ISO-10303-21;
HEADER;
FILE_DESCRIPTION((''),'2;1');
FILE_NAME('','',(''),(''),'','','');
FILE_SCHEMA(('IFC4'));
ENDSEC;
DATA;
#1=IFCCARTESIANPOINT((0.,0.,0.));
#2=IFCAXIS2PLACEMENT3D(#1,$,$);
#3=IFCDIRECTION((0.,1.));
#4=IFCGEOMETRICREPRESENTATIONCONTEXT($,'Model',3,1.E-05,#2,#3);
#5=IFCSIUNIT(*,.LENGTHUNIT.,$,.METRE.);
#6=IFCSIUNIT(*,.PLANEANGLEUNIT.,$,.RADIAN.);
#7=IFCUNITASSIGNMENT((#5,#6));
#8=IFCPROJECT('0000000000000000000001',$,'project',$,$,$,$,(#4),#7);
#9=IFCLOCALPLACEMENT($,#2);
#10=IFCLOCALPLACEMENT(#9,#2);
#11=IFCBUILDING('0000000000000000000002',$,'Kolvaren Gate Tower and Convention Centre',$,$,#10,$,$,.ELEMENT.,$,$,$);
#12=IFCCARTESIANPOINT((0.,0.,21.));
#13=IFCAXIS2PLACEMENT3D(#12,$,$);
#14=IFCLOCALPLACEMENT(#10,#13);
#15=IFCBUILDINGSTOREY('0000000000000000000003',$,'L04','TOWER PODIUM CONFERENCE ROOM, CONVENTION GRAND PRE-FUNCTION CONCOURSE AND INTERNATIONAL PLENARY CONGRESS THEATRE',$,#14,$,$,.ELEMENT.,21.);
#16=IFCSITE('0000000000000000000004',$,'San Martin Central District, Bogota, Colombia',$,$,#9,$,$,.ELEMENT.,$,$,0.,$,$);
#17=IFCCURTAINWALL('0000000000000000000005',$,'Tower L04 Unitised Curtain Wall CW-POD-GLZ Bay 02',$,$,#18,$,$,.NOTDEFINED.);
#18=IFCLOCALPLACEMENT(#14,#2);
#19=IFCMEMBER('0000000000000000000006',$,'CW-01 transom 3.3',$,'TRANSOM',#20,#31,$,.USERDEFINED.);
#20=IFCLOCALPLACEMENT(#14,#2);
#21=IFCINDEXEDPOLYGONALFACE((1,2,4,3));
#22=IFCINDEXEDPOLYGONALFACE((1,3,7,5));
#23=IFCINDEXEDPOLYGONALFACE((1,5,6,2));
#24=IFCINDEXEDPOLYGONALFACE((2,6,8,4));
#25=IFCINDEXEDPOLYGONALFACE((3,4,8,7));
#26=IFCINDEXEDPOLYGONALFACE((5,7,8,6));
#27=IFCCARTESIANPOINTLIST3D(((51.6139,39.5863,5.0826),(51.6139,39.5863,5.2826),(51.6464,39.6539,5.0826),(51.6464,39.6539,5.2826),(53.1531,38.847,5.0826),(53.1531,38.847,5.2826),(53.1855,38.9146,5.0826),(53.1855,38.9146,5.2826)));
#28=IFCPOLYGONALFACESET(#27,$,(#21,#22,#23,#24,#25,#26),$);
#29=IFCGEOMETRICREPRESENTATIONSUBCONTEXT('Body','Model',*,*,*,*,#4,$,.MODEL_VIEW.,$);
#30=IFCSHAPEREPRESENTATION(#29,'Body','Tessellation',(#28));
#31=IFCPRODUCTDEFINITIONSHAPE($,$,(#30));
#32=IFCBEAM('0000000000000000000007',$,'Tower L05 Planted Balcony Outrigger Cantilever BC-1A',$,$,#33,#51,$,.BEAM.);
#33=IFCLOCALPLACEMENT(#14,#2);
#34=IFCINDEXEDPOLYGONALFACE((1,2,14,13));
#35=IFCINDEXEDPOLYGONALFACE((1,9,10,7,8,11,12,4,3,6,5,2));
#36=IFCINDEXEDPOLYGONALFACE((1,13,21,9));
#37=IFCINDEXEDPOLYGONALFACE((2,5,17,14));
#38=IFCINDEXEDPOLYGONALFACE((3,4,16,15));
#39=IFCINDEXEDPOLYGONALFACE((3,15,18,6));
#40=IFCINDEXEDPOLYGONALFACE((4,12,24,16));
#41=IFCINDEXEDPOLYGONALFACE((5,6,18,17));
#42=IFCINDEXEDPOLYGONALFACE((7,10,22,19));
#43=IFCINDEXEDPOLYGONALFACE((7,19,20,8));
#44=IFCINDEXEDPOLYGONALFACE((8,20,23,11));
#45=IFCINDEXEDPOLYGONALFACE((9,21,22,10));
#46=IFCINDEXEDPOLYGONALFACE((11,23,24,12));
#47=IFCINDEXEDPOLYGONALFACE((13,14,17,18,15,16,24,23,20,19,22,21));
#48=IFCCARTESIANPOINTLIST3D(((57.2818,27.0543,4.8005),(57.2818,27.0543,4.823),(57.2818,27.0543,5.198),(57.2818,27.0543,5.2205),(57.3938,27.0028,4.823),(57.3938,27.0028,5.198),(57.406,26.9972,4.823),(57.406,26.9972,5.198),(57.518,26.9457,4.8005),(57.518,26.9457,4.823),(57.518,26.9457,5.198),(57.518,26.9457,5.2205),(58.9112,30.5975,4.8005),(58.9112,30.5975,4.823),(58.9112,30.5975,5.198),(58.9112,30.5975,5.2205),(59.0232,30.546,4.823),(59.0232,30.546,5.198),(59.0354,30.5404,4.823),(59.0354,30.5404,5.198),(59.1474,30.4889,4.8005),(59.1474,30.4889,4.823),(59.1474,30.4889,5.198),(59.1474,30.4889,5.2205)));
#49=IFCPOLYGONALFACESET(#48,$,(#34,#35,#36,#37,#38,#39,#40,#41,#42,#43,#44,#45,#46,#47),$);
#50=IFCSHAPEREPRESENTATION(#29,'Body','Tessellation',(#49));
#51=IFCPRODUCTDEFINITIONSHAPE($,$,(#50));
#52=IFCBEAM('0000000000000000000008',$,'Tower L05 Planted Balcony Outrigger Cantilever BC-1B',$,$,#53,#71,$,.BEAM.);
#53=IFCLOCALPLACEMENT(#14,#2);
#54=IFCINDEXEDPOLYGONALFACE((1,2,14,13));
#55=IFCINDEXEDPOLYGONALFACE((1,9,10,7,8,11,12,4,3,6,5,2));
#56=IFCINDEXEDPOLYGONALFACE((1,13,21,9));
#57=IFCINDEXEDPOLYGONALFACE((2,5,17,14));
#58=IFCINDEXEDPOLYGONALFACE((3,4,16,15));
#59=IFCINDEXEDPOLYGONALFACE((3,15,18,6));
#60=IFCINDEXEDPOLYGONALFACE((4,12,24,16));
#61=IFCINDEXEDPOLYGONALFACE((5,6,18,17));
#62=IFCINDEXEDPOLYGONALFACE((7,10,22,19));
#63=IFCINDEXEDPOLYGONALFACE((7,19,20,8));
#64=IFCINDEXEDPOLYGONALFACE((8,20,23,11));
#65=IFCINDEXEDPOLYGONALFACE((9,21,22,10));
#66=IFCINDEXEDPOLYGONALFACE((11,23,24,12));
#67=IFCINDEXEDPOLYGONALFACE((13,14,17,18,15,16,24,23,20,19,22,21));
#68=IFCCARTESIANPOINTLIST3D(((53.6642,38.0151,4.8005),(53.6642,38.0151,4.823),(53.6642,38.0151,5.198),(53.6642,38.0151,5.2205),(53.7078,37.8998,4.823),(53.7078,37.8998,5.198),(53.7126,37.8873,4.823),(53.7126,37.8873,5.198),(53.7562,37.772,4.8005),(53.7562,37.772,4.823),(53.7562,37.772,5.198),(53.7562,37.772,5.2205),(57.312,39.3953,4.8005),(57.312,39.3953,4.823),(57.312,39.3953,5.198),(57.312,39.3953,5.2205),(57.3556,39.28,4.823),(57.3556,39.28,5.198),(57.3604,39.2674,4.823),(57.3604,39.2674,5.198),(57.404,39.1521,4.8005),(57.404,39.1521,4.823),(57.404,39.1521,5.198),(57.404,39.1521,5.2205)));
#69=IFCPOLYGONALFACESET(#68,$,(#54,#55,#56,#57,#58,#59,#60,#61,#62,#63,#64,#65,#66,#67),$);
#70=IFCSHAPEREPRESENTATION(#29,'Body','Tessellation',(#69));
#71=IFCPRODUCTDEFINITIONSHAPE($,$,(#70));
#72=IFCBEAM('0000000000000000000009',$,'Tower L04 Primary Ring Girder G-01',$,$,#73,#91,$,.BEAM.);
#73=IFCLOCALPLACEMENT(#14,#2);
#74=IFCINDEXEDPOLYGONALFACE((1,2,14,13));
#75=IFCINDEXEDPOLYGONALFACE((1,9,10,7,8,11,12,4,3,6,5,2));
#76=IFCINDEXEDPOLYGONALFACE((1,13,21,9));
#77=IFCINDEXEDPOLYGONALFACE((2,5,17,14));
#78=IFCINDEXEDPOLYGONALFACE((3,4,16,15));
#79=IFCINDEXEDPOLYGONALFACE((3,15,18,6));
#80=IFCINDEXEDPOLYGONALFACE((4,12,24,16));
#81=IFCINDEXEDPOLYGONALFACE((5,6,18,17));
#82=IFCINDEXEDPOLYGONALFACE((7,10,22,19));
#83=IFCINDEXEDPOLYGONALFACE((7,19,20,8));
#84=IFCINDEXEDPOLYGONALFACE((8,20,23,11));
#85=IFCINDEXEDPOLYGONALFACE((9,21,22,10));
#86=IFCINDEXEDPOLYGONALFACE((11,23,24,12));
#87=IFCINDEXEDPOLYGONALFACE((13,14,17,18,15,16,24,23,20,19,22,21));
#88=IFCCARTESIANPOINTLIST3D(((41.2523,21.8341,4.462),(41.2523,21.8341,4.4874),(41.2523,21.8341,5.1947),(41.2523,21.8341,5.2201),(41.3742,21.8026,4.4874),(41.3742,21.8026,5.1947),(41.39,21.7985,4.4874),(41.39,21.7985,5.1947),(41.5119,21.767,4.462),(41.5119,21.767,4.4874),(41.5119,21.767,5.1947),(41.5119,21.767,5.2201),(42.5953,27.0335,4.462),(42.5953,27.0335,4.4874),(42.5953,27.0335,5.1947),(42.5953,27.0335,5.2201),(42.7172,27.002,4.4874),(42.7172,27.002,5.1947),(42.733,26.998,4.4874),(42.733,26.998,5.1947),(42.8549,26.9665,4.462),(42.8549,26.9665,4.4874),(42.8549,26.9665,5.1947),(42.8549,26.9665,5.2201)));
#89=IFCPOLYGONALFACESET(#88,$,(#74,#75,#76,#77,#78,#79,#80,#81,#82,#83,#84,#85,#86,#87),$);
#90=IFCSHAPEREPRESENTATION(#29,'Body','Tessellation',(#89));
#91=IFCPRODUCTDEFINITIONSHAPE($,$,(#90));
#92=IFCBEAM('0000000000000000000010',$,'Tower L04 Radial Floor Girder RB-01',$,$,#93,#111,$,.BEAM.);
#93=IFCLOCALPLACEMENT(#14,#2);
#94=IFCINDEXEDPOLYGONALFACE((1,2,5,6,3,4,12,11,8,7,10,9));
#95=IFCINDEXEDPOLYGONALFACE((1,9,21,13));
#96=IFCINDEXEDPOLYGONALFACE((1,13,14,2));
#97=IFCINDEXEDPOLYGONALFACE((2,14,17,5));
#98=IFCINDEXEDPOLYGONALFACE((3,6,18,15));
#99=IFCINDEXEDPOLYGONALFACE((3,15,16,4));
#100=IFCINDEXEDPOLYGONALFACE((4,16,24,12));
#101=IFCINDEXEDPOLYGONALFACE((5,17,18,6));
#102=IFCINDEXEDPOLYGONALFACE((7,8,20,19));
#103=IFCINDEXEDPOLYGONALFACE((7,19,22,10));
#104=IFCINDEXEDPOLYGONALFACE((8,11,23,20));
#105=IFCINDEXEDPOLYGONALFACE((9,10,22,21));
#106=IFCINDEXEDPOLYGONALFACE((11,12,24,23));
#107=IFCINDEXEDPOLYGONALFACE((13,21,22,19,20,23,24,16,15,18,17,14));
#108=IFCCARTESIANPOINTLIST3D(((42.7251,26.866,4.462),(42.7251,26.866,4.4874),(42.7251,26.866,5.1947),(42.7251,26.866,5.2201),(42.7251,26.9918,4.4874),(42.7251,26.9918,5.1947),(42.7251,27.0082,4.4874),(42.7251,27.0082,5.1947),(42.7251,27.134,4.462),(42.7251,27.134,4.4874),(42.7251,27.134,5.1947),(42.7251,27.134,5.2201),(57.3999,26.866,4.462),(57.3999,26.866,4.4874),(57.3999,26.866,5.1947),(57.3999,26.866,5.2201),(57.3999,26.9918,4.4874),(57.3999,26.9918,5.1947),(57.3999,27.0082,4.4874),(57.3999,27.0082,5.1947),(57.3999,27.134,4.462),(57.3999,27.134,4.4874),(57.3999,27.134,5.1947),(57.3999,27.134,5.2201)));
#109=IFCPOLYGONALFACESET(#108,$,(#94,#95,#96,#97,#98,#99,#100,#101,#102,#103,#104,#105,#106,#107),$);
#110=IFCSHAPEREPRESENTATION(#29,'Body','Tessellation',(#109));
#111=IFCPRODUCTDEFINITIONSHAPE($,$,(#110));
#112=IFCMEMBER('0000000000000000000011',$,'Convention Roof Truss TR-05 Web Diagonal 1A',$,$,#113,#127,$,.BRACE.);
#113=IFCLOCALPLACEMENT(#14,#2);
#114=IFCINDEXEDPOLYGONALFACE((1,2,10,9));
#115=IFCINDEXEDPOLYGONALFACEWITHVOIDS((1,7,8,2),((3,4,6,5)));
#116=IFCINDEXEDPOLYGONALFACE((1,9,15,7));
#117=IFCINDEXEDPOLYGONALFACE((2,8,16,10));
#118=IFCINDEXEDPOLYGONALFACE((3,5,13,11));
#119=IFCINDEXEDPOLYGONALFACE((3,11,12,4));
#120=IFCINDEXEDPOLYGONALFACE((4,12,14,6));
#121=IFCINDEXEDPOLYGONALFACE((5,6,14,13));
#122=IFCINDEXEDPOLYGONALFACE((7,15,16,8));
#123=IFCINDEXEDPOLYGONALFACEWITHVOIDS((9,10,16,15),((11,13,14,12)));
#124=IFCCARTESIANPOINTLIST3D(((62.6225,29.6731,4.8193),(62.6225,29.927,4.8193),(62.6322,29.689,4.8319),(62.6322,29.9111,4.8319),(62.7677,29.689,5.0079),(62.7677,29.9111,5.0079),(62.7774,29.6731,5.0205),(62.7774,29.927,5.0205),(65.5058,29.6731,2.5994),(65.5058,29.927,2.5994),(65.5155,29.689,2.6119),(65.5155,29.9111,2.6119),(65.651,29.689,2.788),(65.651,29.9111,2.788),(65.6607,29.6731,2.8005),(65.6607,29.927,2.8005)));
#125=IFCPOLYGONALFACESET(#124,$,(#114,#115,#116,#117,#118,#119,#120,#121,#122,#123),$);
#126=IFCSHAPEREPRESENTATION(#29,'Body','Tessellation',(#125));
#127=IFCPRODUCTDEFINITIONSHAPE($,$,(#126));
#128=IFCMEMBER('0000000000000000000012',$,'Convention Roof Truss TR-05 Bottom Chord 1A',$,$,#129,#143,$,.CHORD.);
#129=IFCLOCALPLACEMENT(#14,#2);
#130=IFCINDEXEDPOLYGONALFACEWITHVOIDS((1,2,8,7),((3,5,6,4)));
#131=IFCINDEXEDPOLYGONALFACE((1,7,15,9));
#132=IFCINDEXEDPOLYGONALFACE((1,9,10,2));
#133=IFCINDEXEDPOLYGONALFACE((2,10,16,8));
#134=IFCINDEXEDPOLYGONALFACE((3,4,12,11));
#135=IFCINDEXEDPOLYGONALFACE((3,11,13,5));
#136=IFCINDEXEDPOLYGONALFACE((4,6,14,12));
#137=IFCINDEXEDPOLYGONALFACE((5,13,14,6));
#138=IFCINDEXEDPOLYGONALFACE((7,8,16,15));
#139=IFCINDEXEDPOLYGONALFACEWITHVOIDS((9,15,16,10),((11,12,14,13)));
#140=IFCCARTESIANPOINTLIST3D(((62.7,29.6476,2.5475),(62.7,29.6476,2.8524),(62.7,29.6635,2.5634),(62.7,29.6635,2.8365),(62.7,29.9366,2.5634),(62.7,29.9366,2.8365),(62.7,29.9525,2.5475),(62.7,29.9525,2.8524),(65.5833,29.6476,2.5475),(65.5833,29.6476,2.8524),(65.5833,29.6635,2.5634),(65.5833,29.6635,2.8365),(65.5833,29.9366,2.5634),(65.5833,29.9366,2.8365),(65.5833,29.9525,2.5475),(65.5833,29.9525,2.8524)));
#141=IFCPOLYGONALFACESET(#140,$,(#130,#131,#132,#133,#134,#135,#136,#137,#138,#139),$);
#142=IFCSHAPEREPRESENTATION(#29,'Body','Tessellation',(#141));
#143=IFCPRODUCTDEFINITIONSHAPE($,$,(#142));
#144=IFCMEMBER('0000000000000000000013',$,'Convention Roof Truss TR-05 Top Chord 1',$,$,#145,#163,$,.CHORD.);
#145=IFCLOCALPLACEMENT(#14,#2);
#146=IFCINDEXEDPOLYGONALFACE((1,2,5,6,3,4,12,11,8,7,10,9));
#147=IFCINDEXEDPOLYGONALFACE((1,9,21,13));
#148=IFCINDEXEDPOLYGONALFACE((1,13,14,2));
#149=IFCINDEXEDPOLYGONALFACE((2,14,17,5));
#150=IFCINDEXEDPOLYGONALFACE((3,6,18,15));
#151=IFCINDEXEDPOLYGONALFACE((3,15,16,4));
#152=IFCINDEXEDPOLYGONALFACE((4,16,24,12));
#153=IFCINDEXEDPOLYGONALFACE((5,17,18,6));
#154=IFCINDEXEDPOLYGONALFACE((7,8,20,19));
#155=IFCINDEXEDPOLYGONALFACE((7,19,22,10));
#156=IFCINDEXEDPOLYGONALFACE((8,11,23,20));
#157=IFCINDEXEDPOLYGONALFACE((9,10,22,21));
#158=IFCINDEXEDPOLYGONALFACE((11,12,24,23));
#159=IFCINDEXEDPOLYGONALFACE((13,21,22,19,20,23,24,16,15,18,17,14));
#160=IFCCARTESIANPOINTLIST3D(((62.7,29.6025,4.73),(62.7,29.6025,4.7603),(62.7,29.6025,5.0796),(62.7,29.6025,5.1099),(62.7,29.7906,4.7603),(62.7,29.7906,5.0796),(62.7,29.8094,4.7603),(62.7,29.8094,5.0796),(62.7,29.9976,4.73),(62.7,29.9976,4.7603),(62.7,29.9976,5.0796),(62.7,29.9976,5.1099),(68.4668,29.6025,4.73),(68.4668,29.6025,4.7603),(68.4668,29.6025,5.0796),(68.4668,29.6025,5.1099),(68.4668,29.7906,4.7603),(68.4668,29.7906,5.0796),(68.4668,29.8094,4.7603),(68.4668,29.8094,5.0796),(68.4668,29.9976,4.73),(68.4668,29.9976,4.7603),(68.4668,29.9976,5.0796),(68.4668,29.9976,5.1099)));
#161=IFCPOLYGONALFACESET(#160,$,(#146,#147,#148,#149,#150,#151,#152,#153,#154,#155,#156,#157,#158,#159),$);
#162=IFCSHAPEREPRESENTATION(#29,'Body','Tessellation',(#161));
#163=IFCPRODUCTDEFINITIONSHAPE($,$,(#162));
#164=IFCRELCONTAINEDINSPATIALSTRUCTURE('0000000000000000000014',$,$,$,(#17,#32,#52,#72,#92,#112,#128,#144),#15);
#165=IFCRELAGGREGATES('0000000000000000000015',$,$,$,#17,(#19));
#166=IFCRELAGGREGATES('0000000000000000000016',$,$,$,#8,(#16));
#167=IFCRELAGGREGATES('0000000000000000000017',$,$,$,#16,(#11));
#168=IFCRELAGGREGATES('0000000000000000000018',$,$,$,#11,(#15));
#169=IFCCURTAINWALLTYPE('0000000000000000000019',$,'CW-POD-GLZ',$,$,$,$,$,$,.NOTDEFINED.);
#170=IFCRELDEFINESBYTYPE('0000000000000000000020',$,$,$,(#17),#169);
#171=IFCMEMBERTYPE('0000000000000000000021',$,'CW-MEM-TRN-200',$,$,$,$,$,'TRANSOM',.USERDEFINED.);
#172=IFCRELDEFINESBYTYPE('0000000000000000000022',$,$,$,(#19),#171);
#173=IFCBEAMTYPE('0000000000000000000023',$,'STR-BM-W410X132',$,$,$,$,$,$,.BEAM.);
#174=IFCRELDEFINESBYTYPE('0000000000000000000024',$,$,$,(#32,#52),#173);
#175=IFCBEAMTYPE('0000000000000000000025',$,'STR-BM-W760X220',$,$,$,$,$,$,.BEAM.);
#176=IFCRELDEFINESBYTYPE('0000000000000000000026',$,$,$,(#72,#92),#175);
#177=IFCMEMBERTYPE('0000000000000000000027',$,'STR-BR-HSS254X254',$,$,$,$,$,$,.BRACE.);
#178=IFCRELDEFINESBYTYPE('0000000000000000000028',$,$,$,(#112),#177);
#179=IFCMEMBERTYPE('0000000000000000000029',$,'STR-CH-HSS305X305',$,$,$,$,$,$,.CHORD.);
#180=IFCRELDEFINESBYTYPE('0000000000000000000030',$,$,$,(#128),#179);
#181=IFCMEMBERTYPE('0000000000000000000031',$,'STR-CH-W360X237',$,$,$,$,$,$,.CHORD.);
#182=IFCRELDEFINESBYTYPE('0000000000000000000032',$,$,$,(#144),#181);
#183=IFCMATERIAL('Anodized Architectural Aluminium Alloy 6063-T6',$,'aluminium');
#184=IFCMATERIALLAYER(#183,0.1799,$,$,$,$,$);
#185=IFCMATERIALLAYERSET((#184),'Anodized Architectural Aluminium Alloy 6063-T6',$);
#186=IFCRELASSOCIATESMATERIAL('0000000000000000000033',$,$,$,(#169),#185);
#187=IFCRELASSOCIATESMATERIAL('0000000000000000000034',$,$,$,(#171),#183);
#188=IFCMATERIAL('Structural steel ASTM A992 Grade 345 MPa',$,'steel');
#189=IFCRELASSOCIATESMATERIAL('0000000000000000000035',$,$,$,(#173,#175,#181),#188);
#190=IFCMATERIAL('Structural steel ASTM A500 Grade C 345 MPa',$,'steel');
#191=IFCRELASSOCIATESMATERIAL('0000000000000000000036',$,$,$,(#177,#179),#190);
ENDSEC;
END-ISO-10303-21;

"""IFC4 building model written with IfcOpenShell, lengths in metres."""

from ifc_helpers import new_model, si_unit, direction, frame, origin, origin_2d, place, context, subcontext, project, spatial, rectangle, hollow_rectangle, i_section, extrude, material, layer, layer_set, material_profile, profile_set, type_object, element, aggregate, save


model = new_model("IFC4")

# Units and contexts
model_context = context("Model", 3, precision=1e-05, world=origin(), true_north=direction((0.0, 1.0)))
body_context = subcontext(model_context, "Body", "Model", "MODEL_VIEW")
ifc_project = project(units=[si_unit("LENGTHUNIT", "METRE"), si_unit("PLANEANGLEUNIT", "RADIAN")], contexts=[model_context])

# Site, building, storey
site_placement = place(None, origin())
site = spatial("IfcSite", under=ifc_project, at=site_placement, Name="San Martin Central District, Bogota, Colombia", CompositionType="ELEMENT", RefElevation=0.0)
building_placement = place(site_placement, origin())
building = spatial("IfcBuilding", under=site, at=building_placement, Name="Kolvaren Gate Tower and Convention Centre", CompositionType="ELEMENT")
storey_placement = place(building_placement, frame((0.0, 0.0, 21.0)))
storey = spatial("IfcBuildingStorey", under=building, at=storey_placement, Name="L04", Description="TOWER PODIUM CONFERENCE ROOM, CONVENTION GRAND PRE-FUNCTION CONCOURSE AND INTERNATIONAL PLENARY CONGRESS THEATRE", CompositionType="ELEMENT", Elevation=21.0)

# Shared definitions
ifc_material_1 = material(Name="Structural steel ASTM A992 Grade 345 MPa", Category="steel")

# Curtain wall, member
ifc_material_2 = material(Name="Anodized Architectural Aluminium Alloy 6063-T6", Category="aluminium")
ifc_layer_1 = layer(ifc_material_2, 0.1799)
ifc_layer_set_1 = layer_set([ifc_layer_1], Name="Anodized Architectural Aluminium Alloy 6063-T6")
curtain_wall_type = type_object("IfcCurtainWallType", Name="CW-POD-GLZ", PredefinedType="NOTDEFINED", material=ifc_layer_set_1)
curtain_wall_placement = place(storey_placement, origin())
curtain_wall = element("IfcCurtainWall", 1, at=curtain_wall_placement, inside=storey, type_object=curtain_wall_type, Name="Tower L04 Unitised Curtain Wall CW-POD-GLZ Bay 02", PredefinedType="NOTDEFINED")
ifc_material_profile_1 = material_profile(ifc_material_2, rectangle(XDim=0.075, YDim=0.2, at=origin_2d()), Name="CW-MEM-TRN-200")
ifc_profile_set_1 = profile_set([ifc_material_profile_1], Name="Anodized Architectural Aluminium Alloy 6063-T6")
member_type_1 = type_object("IfcMemberType", Name="CW-MEM-TRN-200", ElementType="TRANSOM", PredefinedType="USERDEFINED", material=ifc_profile_set_1)
member_1_placement = place(storey_placement, frame((51.6301, 39.6201, 5.1826), z_axis=(0.901407, -0.432973, 0.0), x_axis=(0.432973, 0.901407, 0.0)))
member_1 = element("IfcMember", 2, at=member_1_placement, type_object=member_type_1, Name="CW-01 transom 3.3", ObjectType="TRANSOM", PredefinedType="USERDEFINED", context=body_context, shape_type="SweptSolid", body=[
    extrude(rectangle(XDim=0.075, YDim=0.2, at=origin_2d()), origin(), (0.0, 0.0, 1.0), 1.7075),
])

# Beams
ifc_material_profile_2 = material_profile(ifc_material_1, i_section(OverallWidth=0.26, OverallDepth=0.4199, WebThickness=0.0134, FlangeThickness=0.0225, at=origin_2d()), Name="W410X132")
ifc_profile_set_2 = profile_set([ifc_material_profile_2], Name="Structural steel ASTM A992 Grade 345 MPa")
beam_type_1 = type_object("IfcBeamType", Name="STR-BM-W410X132", PredefinedType="BEAM", material=ifc_profile_set_2)
beam_1_placement = place(storey_placement, frame((57.3999, 27.0, 5.0105), z_axis=(0.417803, 0.908538, 0.0), x_axis=(-0.908538, 0.417803, 0.0)))
element("IfcBeam", 3, at=beam_1_placement, inside=storey, type_object=beam_type_1, Name="Tower L05 Planted Balcony Outrigger Cantilever BC-1A", PredefinedType="BEAM", context=body_context, shape_type="SweptSolid", body=[
    extrude(i_section(OverallWidth=0.26, OverallDepth=0.4199, WebThickness=0.0134, FlangeThickness=0.0225, at=origin_2d()), origin(), (0.0, 0.0, 1.0), 3.8999),
])
beam_2_placement = place(storey_placement, frame((53.7102, 37.8936, 5.0105), z_axis=(0.935294, 0.353873, 0.0), x_axis=(-0.353873, 0.935294, 0.0)))
element("IfcBeam", 4, at=beam_2_placement, inside=storey, type_object=beam_type_1, Name="Tower L05 Planted Balcony Outrigger Cantilever BC-1B", PredefinedType="BEAM", context=body_context, shape_type="SweptSolid", body=[
    extrude(i_section(OverallWidth=0.26, OverallDepth=0.4199, WebThickness=0.0134, FlangeThickness=0.0225, at=origin_2d()), origin(), (0.0, 0.0, 1.0), 3.9001),
])
ifc_material_profile_3 = material_profile(ifc_material_1, i_section(OverallWidth=0.2681, OverallDepth=0.7581, WebThickness=0.0164, FlangeThickness=0.0254, at=origin_2d()), Name="W760X220")
ifc_profile_set_3 = profile_set([ifc_material_profile_3], Name="Structural steel ASTM A992 Grade 345 MPa")
beam_type_2 = type_object("IfcBeamType", Name="STR-BM-W760X220", PredefinedType="BEAM", material=ifc_profile_set_3)
beam_3_placement = place(storey_placement, frame((42.7251, 27.0, 4.8411), z_axis=(-0.250091, -0.968222, 0.0), x_axis=(0.968222, -0.250091, 0.0)))
element("IfcBeam", 5, at=beam_3_placement, inside=storey, type_object=beam_type_2, Name="Tower L04 Primary Ring Girder G-01", PredefinedType="BEAM", context=body_context, shape_type="SweptSolid", body=[
    extrude(i_section(OverallWidth=0.2681, OverallDepth=0.7581, WebThickness=0.0164, FlangeThickness=0.0254, at=origin_2d()), origin(), (0.0, 0.0, 1.0), 5.3701),
])
beam_4_placement = place(storey_placement, frame((42.7251, 27.0, 4.8411), z_axis=(1.0, 0.0, 0.0), x_axis=(0.0, 1.0, 0.0)))
element("IfcBeam", 6, at=beam_4_placement, inside=storey, type_object=beam_type_2, Name="Tower L04 Radial Floor Girder RB-01", PredefinedType="BEAM", context=body_context, shape_type="SweptSolid", body=[
    extrude(i_section(OverallWidth=0.2681, OverallDepth=0.7581, WebThickness=0.0164, FlangeThickness=0.0254, at=origin_2d()), origin(), (0.0, 0.0, 1.0), 14.6748),
])

# Members
ifc_material_3 = material(Name="Structural steel ASTM A500 Grade C 345 MPa", Category="steel")
ifc_material_profile_4 = material_profile(ifc_material_3, hollow_rectangle(XDim=0.2539, YDim=0.2539, WallThickness=0.0159, at=origin_2d()), Name="HSS254X254X15.9")
ifc_profile_set_4 = profile_set([ifc_material_profile_4], Name="Structural steel ASTM A500 Grade C 345 MPa")
member_type_2 = type_object("IfcMemberType", Name="STR-BR-HSS254X254", PredefinedType="BRACE", material=ifc_profile_set_4)
member_2_placement = place(storey_placement, frame((62.7, 29.8, 4.9199), z_axis=(0.792352, 0.0, -0.610064), x_axis=(0.0, 1.0, 0.0)))
element("IfcMember", 7, at=member_2_placement, inside=storey, type_object=member_type_2, Name="Convention Roof Truss TR-05 Web Diagonal 1A", PredefinedType="BRACE", context=body_context, shape_type="SweptSolid", body=[
    extrude(hollow_rectangle(XDim=0.2539, YDim=0.2539, WallThickness=0.0159, at=origin_2d()), origin(), (0.0, 0.0, 1.0), 3.6389),
])
ifc_material_profile_5 = material_profile(ifc_material_3, hollow_rectangle(XDim=0.3049, YDim=0.3049, WallThickness=0.0159, at=origin_2d()), Name="HSS305X305X15.9")
ifc_profile_set_5 = profile_set([ifc_material_profile_5], Name="Structural steel ASTM A500 Grade C 345 MPa")
member_type_3 = type_object("IfcMemberType", Name="STR-CH-HSS305X305", PredefinedType="CHORD", material=ifc_profile_set_5)
member_3_placement = place(storey_placement, frame((62.7, 29.8, 2.7), z_axis=(1.0, 0.0, 0.0), x_axis=(0.0, 1.0, 0.0)))
element("IfcMember", 8, at=member_3_placement, inside=storey, type_object=member_type_3, Name="Convention Roof Truss TR-05 Bottom Chord 1A", PredefinedType="CHORD", context=body_context, shape_type="SweptSolid", body=[
    extrude(hollow_rectangle(XDim=0.3049, YDim=0.3049, WallThickness=0.0159, at=origin_2d()), origin(), (0.0, 0.0, 1.0), 2.8833),
])
ifc_material_profile_6 = material_profile(ifc_material_1, i_section(OverallWidth=0.395, OverallDepth=0.3799, WebThickness=0.0188, FlangeThickness=0.0303, at=origin_2d()), Name="W360X237")
ifc_profile_set_6 = profile_set([ifc_material_profile_6], Name="Structural steel ASTM A992 Grade 345 MPa")
member_type_4 = type_object("IfcMemberType", Name="STR-CH-W360X237", PredefinedType="CHORD", material=ifc_profile_set_6)
member_4_placement = place(storey_placement, frame((62.7, 29.8, 4.9199), z_axis=(1.0, 0.0, 0.0), x_axis=(0.0, 1.0, 0.0)))
element("IfcMember", 9, at=member_4_placement, inside=storey, type_object=member_type_4, Name="Convention Roof Truss TR-05 Top Chord 1", PredefinedType="CHORD", context=body_context, shape_type="SweptSolid", body=[
    extrude(i_section(OverallWidth=0.395, OverallDepth=0.3799, WebThickness=0.0188, FlangeThickness=0.0303, at=origin_2d()), origin(), (0.0, 0.0, 1.0), 5.7668),
])

aggregate(curtain_wall, [member_1])

save(model, "model.ifc")
